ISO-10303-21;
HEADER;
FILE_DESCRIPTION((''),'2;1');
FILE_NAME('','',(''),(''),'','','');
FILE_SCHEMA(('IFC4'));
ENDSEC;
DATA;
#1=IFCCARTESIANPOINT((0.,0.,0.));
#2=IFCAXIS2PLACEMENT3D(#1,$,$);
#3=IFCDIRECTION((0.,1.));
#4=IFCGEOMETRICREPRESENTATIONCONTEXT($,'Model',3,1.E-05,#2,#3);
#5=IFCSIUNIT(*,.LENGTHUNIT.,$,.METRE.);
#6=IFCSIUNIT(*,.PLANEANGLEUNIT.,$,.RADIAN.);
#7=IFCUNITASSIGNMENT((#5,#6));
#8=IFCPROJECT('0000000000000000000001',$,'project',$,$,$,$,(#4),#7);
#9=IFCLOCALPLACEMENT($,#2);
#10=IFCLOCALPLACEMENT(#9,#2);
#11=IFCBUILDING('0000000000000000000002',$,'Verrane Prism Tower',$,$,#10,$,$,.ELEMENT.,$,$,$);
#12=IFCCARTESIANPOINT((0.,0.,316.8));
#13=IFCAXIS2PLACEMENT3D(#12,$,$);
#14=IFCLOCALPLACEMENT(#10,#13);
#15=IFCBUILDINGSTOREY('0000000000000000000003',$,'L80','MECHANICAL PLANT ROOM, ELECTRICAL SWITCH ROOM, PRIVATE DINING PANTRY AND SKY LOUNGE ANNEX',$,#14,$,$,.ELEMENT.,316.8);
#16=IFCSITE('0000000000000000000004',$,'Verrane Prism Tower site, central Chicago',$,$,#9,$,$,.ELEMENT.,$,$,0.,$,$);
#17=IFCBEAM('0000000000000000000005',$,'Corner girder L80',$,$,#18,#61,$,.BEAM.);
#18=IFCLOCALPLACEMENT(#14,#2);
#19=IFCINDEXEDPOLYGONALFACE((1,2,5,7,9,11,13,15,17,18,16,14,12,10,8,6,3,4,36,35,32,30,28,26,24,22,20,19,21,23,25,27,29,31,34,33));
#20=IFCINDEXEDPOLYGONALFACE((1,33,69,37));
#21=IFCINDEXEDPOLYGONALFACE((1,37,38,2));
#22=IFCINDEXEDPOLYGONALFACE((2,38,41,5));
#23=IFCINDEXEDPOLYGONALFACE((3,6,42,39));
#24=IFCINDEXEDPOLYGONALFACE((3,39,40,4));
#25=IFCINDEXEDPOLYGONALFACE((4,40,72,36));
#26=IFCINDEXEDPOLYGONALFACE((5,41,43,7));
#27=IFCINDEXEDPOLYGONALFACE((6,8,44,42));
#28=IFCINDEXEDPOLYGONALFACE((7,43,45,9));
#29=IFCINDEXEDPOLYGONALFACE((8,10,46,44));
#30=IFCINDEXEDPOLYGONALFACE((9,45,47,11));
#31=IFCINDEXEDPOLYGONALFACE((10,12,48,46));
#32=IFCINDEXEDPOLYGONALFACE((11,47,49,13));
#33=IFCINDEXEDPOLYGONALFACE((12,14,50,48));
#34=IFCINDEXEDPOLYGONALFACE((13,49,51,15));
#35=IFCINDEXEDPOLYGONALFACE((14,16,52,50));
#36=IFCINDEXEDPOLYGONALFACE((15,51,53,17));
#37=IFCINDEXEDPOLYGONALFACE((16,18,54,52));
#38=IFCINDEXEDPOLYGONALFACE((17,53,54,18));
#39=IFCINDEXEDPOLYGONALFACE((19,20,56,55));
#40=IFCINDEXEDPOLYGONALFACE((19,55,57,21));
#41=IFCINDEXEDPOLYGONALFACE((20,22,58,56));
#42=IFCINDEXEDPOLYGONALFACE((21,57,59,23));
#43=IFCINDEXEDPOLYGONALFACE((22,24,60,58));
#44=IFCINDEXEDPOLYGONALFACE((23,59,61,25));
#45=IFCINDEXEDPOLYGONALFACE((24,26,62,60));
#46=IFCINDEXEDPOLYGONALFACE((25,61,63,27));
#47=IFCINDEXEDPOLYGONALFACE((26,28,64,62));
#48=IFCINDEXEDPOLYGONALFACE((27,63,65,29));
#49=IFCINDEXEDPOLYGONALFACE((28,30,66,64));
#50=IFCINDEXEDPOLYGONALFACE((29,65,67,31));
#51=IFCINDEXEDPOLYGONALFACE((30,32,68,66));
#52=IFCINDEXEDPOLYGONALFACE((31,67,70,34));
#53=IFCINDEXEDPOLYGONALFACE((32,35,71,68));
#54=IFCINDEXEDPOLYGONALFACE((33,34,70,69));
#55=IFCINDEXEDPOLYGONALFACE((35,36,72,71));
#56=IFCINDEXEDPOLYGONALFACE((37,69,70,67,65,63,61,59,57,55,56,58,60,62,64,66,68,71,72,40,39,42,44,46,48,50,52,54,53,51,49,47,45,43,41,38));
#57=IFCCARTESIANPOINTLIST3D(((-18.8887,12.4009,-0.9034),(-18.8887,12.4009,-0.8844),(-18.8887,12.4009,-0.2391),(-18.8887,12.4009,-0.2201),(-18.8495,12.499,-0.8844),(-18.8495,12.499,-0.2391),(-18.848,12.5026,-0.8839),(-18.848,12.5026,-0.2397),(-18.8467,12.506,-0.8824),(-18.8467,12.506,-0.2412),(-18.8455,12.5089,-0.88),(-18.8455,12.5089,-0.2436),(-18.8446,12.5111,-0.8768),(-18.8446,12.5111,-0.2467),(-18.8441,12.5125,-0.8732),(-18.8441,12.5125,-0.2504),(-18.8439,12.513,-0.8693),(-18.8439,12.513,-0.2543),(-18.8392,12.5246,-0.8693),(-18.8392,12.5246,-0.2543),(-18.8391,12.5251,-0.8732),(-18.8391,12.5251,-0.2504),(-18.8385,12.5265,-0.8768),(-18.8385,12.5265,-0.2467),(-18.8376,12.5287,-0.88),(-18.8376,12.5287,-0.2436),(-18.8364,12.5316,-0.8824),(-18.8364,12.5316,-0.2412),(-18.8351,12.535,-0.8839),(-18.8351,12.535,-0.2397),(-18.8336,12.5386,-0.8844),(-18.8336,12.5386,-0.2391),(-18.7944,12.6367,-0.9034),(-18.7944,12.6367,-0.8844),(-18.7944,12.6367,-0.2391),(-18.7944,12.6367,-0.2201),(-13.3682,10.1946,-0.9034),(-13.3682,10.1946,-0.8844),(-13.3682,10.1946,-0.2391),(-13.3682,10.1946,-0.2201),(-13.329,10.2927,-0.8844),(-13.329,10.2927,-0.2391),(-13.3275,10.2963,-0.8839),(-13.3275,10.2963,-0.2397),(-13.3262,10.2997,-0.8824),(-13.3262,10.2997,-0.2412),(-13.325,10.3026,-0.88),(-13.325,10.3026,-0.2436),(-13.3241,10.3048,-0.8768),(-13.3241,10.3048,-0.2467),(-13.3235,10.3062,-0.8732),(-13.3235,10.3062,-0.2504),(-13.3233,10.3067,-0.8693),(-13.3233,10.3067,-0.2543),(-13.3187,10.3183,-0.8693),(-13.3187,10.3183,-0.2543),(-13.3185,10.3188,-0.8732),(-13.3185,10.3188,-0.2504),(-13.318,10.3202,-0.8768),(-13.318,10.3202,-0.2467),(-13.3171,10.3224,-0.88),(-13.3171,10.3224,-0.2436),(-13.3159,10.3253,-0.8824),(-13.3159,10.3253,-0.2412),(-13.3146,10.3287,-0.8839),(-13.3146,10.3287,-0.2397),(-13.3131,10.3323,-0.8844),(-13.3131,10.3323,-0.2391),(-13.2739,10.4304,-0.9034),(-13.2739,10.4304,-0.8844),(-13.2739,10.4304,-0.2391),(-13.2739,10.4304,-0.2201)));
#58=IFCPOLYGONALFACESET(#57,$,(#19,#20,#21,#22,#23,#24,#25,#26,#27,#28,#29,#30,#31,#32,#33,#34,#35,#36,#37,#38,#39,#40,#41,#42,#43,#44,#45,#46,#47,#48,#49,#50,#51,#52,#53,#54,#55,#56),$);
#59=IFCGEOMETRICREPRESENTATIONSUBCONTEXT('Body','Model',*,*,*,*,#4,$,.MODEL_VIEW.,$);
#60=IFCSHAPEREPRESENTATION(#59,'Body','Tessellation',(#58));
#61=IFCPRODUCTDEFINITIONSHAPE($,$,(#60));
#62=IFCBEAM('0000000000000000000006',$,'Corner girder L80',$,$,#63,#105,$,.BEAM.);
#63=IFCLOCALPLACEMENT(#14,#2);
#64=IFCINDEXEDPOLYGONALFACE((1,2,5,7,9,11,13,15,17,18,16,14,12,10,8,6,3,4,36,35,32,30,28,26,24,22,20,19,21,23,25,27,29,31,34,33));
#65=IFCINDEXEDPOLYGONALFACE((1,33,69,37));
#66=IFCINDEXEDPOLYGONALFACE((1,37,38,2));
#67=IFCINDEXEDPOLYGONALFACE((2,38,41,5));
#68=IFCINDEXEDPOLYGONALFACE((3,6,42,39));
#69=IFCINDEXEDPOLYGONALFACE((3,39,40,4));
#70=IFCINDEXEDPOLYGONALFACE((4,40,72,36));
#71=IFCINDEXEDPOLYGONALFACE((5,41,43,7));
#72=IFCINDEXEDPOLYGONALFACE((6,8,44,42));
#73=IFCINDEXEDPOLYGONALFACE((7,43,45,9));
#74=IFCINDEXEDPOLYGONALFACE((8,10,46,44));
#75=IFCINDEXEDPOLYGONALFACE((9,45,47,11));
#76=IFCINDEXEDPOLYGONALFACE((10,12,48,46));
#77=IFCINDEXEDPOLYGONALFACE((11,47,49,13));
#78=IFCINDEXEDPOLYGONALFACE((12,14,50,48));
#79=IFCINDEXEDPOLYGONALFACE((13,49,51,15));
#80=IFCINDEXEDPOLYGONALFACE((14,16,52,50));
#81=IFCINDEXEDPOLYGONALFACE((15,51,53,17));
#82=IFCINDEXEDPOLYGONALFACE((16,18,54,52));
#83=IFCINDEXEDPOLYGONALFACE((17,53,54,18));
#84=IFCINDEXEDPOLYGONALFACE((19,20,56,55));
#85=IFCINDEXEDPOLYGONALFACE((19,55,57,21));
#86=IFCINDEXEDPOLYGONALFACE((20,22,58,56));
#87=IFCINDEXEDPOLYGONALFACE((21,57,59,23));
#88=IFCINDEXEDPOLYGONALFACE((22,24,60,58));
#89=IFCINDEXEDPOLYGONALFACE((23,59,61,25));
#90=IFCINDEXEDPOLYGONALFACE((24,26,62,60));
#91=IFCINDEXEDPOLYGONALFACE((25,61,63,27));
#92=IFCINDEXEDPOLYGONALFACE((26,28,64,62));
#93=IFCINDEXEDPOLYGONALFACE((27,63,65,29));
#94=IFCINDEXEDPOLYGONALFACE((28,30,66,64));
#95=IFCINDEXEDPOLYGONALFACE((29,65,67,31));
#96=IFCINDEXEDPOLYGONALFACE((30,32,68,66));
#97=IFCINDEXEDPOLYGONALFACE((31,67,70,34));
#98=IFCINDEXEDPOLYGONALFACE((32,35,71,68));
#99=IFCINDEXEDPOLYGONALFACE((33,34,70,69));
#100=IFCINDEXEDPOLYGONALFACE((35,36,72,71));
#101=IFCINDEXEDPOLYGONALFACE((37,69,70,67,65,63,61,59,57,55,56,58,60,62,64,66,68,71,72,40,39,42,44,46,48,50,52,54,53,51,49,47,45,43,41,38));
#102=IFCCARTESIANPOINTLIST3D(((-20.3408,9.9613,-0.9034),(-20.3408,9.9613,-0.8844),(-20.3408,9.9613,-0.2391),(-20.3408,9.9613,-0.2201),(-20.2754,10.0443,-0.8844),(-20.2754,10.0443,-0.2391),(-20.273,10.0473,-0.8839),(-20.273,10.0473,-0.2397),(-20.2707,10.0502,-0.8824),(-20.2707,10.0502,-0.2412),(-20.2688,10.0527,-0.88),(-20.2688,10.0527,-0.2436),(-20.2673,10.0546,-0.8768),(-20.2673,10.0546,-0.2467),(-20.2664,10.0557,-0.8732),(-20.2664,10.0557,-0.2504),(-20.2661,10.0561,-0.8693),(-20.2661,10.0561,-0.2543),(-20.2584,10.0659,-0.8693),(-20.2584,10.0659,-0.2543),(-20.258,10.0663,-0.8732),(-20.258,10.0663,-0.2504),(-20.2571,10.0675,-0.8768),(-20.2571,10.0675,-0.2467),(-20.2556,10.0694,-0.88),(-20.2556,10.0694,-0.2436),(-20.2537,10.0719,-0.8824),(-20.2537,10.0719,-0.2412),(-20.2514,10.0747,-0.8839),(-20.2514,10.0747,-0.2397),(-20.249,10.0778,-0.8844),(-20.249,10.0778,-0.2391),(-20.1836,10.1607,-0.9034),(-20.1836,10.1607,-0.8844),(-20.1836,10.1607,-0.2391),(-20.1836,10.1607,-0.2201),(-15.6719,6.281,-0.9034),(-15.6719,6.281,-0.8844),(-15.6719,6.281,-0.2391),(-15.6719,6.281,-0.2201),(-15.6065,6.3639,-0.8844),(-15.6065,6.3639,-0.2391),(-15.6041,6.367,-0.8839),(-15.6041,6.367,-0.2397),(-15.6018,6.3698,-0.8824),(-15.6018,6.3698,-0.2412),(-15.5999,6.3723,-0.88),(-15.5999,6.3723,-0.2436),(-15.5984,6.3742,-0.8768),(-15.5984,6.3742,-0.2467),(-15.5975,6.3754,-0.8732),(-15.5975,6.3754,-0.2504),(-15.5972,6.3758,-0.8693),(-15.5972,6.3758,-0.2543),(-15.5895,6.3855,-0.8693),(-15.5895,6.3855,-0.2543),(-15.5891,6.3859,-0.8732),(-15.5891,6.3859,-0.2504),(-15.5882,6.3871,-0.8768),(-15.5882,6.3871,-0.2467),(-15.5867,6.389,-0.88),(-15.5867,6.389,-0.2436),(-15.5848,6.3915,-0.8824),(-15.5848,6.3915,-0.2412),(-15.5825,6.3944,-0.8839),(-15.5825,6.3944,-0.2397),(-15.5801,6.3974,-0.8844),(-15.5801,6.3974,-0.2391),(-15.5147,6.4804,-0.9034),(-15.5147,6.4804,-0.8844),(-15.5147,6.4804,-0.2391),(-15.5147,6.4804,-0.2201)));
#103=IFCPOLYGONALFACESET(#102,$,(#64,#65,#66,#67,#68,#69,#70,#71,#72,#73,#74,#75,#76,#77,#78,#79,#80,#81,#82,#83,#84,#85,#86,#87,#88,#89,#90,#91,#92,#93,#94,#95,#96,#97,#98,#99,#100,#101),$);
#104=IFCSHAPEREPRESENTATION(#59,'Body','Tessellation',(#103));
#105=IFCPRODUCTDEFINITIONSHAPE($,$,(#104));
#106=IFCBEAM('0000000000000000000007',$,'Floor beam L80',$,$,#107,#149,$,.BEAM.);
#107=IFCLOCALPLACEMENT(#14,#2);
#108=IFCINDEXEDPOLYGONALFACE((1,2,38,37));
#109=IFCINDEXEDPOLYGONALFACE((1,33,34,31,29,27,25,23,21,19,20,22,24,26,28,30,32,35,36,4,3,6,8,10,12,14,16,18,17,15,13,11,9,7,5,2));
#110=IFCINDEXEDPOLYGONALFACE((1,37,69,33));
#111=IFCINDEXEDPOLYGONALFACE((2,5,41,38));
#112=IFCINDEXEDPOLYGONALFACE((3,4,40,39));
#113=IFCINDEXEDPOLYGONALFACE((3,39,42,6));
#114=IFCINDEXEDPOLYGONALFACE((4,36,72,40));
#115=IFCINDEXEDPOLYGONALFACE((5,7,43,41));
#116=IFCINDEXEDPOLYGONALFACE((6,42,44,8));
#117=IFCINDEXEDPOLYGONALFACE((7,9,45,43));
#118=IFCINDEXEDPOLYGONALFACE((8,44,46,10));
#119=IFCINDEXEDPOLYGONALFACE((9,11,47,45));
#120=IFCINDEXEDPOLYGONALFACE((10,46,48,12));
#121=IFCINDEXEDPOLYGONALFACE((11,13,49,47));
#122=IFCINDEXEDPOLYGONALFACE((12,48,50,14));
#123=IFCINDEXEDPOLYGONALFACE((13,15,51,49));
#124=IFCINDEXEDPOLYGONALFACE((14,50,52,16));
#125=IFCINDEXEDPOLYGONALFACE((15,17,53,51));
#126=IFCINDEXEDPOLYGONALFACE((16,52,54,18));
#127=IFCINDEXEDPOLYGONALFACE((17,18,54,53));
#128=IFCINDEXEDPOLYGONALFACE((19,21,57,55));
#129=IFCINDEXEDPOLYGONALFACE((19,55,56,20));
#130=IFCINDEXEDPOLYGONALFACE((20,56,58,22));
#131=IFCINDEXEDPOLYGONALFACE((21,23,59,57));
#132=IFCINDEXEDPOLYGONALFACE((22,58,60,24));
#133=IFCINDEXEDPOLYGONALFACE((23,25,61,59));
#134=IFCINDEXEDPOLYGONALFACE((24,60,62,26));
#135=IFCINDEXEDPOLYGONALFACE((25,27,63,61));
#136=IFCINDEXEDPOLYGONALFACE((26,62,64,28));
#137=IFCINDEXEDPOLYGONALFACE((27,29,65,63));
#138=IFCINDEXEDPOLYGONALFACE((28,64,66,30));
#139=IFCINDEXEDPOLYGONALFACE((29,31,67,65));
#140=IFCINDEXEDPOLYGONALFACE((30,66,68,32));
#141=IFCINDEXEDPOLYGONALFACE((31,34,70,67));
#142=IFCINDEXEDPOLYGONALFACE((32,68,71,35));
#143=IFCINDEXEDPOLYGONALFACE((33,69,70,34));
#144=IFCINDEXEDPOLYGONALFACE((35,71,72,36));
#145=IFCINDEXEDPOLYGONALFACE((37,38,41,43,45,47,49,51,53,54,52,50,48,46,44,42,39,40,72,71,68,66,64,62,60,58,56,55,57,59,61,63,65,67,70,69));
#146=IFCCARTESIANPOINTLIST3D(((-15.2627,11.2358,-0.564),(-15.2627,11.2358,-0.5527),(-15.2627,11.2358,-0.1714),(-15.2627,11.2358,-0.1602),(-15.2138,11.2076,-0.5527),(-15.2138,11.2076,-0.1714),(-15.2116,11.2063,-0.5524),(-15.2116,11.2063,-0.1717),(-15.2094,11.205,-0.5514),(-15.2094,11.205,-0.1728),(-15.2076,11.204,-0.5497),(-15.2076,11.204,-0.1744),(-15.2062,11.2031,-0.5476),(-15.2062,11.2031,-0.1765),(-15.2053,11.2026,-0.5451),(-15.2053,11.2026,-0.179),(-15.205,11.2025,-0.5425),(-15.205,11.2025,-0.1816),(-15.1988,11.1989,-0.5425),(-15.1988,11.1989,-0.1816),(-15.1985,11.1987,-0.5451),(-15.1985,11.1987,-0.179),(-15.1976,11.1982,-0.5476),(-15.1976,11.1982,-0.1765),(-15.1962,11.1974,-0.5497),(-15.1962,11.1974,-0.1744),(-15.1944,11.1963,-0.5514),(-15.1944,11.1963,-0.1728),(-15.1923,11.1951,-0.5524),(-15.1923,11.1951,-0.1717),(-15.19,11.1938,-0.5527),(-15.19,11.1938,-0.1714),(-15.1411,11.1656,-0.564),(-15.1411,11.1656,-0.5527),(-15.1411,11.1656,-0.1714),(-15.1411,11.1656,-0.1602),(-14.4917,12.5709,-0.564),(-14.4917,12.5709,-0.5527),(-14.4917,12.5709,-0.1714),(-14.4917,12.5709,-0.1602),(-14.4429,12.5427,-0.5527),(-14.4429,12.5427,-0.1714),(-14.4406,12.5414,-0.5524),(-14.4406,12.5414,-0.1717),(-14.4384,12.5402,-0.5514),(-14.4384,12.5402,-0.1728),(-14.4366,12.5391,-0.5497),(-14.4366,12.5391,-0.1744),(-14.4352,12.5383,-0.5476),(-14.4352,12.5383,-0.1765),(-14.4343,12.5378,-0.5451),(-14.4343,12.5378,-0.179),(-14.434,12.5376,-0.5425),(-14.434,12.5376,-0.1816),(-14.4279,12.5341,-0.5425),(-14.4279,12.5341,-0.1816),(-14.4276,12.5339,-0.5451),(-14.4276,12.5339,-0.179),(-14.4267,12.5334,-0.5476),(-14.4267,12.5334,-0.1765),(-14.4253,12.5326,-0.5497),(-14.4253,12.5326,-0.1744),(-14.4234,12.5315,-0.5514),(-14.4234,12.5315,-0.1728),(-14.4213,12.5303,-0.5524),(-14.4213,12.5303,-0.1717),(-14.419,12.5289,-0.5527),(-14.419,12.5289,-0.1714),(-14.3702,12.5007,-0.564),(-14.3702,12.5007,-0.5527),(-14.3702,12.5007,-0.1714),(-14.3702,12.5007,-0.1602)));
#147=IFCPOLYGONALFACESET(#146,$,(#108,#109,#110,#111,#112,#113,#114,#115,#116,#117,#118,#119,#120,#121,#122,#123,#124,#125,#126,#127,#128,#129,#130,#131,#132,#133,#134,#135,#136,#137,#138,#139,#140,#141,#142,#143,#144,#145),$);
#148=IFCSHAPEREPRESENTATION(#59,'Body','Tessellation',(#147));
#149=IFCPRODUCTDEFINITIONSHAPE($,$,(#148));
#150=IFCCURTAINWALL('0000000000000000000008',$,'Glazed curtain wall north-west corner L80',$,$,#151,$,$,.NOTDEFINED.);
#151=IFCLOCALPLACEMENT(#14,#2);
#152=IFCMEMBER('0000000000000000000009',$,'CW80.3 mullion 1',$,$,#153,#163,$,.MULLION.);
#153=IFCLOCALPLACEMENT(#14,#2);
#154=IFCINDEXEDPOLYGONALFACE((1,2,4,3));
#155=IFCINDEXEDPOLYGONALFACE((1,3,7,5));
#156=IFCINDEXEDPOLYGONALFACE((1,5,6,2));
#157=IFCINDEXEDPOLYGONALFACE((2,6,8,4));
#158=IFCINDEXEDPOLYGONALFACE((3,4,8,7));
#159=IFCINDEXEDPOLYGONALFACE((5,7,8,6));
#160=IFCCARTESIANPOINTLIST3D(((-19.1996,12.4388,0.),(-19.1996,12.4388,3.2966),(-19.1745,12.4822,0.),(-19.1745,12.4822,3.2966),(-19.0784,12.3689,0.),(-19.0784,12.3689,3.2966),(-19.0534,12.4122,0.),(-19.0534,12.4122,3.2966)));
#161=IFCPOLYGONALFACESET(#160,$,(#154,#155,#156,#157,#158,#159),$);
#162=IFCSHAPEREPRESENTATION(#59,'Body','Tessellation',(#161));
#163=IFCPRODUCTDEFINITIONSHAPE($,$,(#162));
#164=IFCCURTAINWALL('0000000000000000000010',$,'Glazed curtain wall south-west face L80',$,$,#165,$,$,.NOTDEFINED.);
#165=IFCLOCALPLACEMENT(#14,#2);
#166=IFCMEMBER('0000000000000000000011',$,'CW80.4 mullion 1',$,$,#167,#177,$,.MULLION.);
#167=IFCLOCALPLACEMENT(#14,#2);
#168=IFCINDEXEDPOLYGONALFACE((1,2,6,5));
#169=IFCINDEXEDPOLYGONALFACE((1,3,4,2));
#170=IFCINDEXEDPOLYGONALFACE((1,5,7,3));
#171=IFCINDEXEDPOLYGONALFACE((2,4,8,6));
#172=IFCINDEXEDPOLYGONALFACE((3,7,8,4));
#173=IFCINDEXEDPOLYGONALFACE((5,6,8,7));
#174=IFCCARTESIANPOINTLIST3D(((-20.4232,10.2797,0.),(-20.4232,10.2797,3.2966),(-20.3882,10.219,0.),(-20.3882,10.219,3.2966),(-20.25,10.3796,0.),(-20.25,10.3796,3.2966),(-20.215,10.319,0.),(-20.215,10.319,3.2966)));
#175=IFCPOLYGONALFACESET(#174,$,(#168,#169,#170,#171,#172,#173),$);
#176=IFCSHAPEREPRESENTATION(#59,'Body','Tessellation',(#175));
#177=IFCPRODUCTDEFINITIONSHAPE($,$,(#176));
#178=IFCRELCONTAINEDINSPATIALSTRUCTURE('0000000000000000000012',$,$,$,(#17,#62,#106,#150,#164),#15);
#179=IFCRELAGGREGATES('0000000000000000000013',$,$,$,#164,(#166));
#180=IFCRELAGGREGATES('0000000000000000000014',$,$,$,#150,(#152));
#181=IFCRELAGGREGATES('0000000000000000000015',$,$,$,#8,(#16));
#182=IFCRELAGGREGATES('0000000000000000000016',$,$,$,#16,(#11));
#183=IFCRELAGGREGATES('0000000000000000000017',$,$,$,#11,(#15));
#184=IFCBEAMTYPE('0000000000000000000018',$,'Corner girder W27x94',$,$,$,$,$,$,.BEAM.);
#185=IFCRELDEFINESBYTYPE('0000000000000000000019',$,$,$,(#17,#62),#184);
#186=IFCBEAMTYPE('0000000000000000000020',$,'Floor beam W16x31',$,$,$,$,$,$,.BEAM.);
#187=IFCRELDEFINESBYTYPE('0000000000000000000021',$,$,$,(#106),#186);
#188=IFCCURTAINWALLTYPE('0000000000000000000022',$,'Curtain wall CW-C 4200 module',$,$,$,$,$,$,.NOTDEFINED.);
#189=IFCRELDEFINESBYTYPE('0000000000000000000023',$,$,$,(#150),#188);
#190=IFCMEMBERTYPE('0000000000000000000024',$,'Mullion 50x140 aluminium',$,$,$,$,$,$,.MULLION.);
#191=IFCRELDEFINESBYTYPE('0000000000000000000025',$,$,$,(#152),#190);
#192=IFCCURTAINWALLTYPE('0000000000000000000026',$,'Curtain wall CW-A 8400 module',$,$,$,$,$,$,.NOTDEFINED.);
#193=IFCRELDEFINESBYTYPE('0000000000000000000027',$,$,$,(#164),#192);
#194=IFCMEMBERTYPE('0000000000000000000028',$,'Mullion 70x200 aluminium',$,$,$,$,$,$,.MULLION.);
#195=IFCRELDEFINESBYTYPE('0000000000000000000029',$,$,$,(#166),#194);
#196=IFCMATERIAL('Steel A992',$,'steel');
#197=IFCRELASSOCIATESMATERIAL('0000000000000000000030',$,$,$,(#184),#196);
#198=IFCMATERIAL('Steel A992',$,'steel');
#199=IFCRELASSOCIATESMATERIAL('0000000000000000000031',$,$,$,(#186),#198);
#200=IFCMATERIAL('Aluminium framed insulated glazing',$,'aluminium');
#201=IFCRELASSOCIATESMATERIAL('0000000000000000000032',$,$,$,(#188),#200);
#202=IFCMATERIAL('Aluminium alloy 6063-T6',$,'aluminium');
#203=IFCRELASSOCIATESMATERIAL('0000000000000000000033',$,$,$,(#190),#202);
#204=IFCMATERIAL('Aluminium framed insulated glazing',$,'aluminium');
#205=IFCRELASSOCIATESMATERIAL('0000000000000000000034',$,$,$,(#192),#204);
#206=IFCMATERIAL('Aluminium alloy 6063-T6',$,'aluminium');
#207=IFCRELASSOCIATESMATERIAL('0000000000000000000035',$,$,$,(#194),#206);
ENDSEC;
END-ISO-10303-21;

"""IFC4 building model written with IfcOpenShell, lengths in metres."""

from ifc_helpers import new_model, si_unit, direction, frame, origin, origin_2d, place, context, subcontext, project, spatial, rectangle, i_section, extrude, material, material_profile, profile_set, type_object, element, aggregate, save


model = new_model("IFC4")

# Units and contexts
model_context = context("Model", 3, precision=1e-05, world=origin(), true_north=direction((0.0, 1.0)))
body_context = subcontext(model_context, "Body", "Model", "MODEL_VIEW")
ifc_project = project(units=[si_unit("LENGTHUNIT", "METRE"), si_unit("PLANEANGLEUNIT", "RADIAN")], contexts=[model_context])

# Site, building, storey
site_placement = place(None, origin())
site = spatial("IfcSite", under=ifc_project, at=site_placement, Name="Verrane Prism Tower site, central Chicago", CompositionType="ELEMENT", RefElevation=0.0)
building_placement = place(site_placement, origin())
building = spatial("IfcBuilding", under=site, at=building_placement, Name="Verrane Prism Tower", CompositionType="ELEMENT")
storey_placement = place(building_placement, frame((0.0, 0.0, 316.8)))
storey = spatial("IfcBuildingStorey", under=building, at=storey_placement, Name="L80", Description="MECHANICAL PLANT ROOM, ELECTRICAL SWITCH ROOM, PRIVATE DINING PANTRY AND SKY LOUNGE ANNEX", CompositionType="ELEMENT", Elevation=316.8)

# Beams
ifc_material_1 = material(Name="Steel A992", Category="steel")
ifc_material_profile_1 = material_profile(ifc_material_1, i_section(OverallWidth=0.2539, OverallDepth=0.6833, WebThickness=0.0125, FlangeThickness=0.019, FilletRadius=0.0151, at=origin_2d()), Name="W27x94")
ifc_profile_set_1 = profile_set([ifc_material_profile_1], Name="Steel A992")
beam_type_1 = type_object("IfcBeamType", Name="Corner girder W27x94", PredefinedType="BEAM", material=ifc_profile_set_1)
for number, where, z_axis, x_axis, name in (
    (1, (-18.8416, 12.5188, -0.5618), (0.928587, -0.371115, 0.0), (0.371115, 0.928587, 0.0), "Corner girder L80"),
    (2, (-20.2622, 10.061, -0.5618), (0.78534, -0.619065, 0.0), (0.619065, 0.78534, 0.0), "Corner girder L80"),
):
    element("IfcBeam", number, at=place(storey_placement, frame(where, z_axis=z_axis, x_axis=x_axis)), inside=storey, type_object=beam_type_1, Name=name, PredefinedType="BEAM", context=body_context, shape_type="SweptSolid", body=[
        extrude(i_section(OverallWidth=0.2539, OverallDepth=0.6833, WebThickness=0.0125, FlangeThickness=0.019, FilletRadius=0.0151, at=origin_2d()), origin(), (0.0, 0.0, 1.0), 5.9451),
    ])
ifc_material_2 = material(Name="Steel A992", Category="steel")
ifc_material_profile_2 = material_profile(ifc_material_2, i_section(OverallWidth=0.1404, OverallDepth=0.4038, WebThickness=0.0071, FlangeThickness=0.0112, FilletRadius=0.0103, at=origin_2d()), Name="W16x31")
ifc_profile_set_2 = profile_set([ifc_material_profile_2], Name="Steel A992")
beam_type_2 = type_object("IfcBeamType", Name="Floor beam W16x31", PredefinedType="BEAM", material=ifc_profile_set_2)
beam_1_placement = place(storey_placement, frame((-15.2019, 11.2007, -0.3621), z_axis=(0.500056, 0.865993, 0.0), x_axis=(-0.865993, 0.500056, 0.0)))
element("IfcBeam", 3, at=beam_1_placement, inside=storey, type_object=beam_type_2, Name="Floor beam L80", PredefinedType="BEAM", context=body_context, shape_type="SweptSolid", body=[
    extrude(i_section(OverallWidth=0.1404, OverallDepth=0.4038, WebThickness=0.0071, FlangeThickness=0.0112, FilletRadius=0.0103, at=origin_2d()), origin(), (0.0, 0.0, 1.0), 1.5417),
])

# Curtain walls, members
ifc_material_3 = material(Name="Aluminium framed insulated glazing", Category="aluminium")
curtain_wall_type_1 = type_object("IfcCurtainWallType", Name="Curtain wall CW-C 4200 module", PredefinedType="NOTDEFINED", material=ifc_material_3)
curtain_wall_1_placement = place(storey_placement, origin())
curtain_wall_1 = element("IfcCurtainWall", 4, at=curtain_wall_1_placement, inside=storey, type_object=curtain_wall_type_1, Name="Glazed curtain wall north-west corner L80", PredefinedType="NOTDEFINED")
ifc_material_4 = material(Name="Aluminium alloy 6063-T6", Category="aluminium")
ifc_material_profile_3 = material_profile(ifc_material_4, rectangle(XDim=0.1399, YDim=0.05, at=origin_2d()), Name="Mullion 50x140 aluminium")
ifc_profile_set_3 = profile_set([ifc_material_profile_3], Name="Aluminium alloy 6063-T6")
member_type_1 = type_object("IfcMemberType", Name="Mullion 50x140 aluminium", PredefinedType="MULLION", material=ifc_profile_set_3)
member_1_placement = place(storey_placement, frame((-19.1265, 12.4255, 0.0), z_axis=(0.0, 0.0, 1.0), x_axis=(0.866025, -0.500001, 0.0)))
member_1 = element("IfcMember", 5, at=member_1_placement, type_object=member_type_1, Name="CW80.3 mullion 1", PredefinedType="MULLION", context=body_context, shape_type="SweptSolid", body=[
    extrude(rectangle(XDim=0.1399, YDim=0.05, at=origin_2d()), origin(), (0.0, 0.0, 1.0), 3.2966),
])
ifc_material_5 = material(Name="Aluminium framed insulated glazing", Category="aluminium")
curtain_wall_type_2 = type_object("IfcCurtainWallType", Name="Curtain wall CW-A 8400 module", PredefinedType="NOTDEFINED", material=ifc_material_5)
curtain_wall_2_placement = place(storey_placement, origin())
curtain_wall_2 = element("IfcCurtainWall", 6, at=curtain_wall_2_placement, inside=storey, type_object=curtain_wall_type_2, Name="Glazed curtain wall south-west face L80", PredefinedType="NOTDEFINED")
ifc_material_6 = material(Name="Aluminium alloy 6063-T6", Category="aluminium")
ifc_material_profile_4 = material_profile(ifc_material_6, rectangle(XDim=0.2, YDim=0.0701, at=origin_2d()), Name="Mullion 70x200 aluminium")
ifc_profile_set_4 = profile_set([ifc_material_profile_4], Name="Aluminium alloy 6063-T6")
member_type_2 = type_object("IfcMemberType", Name="Mullion 70x200 aluminium", PredefinedType="MULLION", material=ifc_profile_set_4)
member_2_placement = place(storey_placement, frame((-20.3191, 10.2993, 0.0), z_axis=(0.0, 0.0, 1.0), x_axis=(0.866025, 0.5, 0.0)))
member_2 = element("IfcMember", 7, at=member_2_placement, type_object=member_type_2, Name="CW80.4 mullion 1", PredefinedType="MULLION", context=body_context, shape_type="SweptSolid", body=[
    extrude(rectangle(XDim=0.2, YDim=0.0701, at=origin_2d()), origin(), (0.0, 0.0, 1.0), 3.2966),
])

aggregate(curtain_wall_2, [member_2])

aggregate(curtain_wall_1, [member_1])

save(model, "model.ifc")
